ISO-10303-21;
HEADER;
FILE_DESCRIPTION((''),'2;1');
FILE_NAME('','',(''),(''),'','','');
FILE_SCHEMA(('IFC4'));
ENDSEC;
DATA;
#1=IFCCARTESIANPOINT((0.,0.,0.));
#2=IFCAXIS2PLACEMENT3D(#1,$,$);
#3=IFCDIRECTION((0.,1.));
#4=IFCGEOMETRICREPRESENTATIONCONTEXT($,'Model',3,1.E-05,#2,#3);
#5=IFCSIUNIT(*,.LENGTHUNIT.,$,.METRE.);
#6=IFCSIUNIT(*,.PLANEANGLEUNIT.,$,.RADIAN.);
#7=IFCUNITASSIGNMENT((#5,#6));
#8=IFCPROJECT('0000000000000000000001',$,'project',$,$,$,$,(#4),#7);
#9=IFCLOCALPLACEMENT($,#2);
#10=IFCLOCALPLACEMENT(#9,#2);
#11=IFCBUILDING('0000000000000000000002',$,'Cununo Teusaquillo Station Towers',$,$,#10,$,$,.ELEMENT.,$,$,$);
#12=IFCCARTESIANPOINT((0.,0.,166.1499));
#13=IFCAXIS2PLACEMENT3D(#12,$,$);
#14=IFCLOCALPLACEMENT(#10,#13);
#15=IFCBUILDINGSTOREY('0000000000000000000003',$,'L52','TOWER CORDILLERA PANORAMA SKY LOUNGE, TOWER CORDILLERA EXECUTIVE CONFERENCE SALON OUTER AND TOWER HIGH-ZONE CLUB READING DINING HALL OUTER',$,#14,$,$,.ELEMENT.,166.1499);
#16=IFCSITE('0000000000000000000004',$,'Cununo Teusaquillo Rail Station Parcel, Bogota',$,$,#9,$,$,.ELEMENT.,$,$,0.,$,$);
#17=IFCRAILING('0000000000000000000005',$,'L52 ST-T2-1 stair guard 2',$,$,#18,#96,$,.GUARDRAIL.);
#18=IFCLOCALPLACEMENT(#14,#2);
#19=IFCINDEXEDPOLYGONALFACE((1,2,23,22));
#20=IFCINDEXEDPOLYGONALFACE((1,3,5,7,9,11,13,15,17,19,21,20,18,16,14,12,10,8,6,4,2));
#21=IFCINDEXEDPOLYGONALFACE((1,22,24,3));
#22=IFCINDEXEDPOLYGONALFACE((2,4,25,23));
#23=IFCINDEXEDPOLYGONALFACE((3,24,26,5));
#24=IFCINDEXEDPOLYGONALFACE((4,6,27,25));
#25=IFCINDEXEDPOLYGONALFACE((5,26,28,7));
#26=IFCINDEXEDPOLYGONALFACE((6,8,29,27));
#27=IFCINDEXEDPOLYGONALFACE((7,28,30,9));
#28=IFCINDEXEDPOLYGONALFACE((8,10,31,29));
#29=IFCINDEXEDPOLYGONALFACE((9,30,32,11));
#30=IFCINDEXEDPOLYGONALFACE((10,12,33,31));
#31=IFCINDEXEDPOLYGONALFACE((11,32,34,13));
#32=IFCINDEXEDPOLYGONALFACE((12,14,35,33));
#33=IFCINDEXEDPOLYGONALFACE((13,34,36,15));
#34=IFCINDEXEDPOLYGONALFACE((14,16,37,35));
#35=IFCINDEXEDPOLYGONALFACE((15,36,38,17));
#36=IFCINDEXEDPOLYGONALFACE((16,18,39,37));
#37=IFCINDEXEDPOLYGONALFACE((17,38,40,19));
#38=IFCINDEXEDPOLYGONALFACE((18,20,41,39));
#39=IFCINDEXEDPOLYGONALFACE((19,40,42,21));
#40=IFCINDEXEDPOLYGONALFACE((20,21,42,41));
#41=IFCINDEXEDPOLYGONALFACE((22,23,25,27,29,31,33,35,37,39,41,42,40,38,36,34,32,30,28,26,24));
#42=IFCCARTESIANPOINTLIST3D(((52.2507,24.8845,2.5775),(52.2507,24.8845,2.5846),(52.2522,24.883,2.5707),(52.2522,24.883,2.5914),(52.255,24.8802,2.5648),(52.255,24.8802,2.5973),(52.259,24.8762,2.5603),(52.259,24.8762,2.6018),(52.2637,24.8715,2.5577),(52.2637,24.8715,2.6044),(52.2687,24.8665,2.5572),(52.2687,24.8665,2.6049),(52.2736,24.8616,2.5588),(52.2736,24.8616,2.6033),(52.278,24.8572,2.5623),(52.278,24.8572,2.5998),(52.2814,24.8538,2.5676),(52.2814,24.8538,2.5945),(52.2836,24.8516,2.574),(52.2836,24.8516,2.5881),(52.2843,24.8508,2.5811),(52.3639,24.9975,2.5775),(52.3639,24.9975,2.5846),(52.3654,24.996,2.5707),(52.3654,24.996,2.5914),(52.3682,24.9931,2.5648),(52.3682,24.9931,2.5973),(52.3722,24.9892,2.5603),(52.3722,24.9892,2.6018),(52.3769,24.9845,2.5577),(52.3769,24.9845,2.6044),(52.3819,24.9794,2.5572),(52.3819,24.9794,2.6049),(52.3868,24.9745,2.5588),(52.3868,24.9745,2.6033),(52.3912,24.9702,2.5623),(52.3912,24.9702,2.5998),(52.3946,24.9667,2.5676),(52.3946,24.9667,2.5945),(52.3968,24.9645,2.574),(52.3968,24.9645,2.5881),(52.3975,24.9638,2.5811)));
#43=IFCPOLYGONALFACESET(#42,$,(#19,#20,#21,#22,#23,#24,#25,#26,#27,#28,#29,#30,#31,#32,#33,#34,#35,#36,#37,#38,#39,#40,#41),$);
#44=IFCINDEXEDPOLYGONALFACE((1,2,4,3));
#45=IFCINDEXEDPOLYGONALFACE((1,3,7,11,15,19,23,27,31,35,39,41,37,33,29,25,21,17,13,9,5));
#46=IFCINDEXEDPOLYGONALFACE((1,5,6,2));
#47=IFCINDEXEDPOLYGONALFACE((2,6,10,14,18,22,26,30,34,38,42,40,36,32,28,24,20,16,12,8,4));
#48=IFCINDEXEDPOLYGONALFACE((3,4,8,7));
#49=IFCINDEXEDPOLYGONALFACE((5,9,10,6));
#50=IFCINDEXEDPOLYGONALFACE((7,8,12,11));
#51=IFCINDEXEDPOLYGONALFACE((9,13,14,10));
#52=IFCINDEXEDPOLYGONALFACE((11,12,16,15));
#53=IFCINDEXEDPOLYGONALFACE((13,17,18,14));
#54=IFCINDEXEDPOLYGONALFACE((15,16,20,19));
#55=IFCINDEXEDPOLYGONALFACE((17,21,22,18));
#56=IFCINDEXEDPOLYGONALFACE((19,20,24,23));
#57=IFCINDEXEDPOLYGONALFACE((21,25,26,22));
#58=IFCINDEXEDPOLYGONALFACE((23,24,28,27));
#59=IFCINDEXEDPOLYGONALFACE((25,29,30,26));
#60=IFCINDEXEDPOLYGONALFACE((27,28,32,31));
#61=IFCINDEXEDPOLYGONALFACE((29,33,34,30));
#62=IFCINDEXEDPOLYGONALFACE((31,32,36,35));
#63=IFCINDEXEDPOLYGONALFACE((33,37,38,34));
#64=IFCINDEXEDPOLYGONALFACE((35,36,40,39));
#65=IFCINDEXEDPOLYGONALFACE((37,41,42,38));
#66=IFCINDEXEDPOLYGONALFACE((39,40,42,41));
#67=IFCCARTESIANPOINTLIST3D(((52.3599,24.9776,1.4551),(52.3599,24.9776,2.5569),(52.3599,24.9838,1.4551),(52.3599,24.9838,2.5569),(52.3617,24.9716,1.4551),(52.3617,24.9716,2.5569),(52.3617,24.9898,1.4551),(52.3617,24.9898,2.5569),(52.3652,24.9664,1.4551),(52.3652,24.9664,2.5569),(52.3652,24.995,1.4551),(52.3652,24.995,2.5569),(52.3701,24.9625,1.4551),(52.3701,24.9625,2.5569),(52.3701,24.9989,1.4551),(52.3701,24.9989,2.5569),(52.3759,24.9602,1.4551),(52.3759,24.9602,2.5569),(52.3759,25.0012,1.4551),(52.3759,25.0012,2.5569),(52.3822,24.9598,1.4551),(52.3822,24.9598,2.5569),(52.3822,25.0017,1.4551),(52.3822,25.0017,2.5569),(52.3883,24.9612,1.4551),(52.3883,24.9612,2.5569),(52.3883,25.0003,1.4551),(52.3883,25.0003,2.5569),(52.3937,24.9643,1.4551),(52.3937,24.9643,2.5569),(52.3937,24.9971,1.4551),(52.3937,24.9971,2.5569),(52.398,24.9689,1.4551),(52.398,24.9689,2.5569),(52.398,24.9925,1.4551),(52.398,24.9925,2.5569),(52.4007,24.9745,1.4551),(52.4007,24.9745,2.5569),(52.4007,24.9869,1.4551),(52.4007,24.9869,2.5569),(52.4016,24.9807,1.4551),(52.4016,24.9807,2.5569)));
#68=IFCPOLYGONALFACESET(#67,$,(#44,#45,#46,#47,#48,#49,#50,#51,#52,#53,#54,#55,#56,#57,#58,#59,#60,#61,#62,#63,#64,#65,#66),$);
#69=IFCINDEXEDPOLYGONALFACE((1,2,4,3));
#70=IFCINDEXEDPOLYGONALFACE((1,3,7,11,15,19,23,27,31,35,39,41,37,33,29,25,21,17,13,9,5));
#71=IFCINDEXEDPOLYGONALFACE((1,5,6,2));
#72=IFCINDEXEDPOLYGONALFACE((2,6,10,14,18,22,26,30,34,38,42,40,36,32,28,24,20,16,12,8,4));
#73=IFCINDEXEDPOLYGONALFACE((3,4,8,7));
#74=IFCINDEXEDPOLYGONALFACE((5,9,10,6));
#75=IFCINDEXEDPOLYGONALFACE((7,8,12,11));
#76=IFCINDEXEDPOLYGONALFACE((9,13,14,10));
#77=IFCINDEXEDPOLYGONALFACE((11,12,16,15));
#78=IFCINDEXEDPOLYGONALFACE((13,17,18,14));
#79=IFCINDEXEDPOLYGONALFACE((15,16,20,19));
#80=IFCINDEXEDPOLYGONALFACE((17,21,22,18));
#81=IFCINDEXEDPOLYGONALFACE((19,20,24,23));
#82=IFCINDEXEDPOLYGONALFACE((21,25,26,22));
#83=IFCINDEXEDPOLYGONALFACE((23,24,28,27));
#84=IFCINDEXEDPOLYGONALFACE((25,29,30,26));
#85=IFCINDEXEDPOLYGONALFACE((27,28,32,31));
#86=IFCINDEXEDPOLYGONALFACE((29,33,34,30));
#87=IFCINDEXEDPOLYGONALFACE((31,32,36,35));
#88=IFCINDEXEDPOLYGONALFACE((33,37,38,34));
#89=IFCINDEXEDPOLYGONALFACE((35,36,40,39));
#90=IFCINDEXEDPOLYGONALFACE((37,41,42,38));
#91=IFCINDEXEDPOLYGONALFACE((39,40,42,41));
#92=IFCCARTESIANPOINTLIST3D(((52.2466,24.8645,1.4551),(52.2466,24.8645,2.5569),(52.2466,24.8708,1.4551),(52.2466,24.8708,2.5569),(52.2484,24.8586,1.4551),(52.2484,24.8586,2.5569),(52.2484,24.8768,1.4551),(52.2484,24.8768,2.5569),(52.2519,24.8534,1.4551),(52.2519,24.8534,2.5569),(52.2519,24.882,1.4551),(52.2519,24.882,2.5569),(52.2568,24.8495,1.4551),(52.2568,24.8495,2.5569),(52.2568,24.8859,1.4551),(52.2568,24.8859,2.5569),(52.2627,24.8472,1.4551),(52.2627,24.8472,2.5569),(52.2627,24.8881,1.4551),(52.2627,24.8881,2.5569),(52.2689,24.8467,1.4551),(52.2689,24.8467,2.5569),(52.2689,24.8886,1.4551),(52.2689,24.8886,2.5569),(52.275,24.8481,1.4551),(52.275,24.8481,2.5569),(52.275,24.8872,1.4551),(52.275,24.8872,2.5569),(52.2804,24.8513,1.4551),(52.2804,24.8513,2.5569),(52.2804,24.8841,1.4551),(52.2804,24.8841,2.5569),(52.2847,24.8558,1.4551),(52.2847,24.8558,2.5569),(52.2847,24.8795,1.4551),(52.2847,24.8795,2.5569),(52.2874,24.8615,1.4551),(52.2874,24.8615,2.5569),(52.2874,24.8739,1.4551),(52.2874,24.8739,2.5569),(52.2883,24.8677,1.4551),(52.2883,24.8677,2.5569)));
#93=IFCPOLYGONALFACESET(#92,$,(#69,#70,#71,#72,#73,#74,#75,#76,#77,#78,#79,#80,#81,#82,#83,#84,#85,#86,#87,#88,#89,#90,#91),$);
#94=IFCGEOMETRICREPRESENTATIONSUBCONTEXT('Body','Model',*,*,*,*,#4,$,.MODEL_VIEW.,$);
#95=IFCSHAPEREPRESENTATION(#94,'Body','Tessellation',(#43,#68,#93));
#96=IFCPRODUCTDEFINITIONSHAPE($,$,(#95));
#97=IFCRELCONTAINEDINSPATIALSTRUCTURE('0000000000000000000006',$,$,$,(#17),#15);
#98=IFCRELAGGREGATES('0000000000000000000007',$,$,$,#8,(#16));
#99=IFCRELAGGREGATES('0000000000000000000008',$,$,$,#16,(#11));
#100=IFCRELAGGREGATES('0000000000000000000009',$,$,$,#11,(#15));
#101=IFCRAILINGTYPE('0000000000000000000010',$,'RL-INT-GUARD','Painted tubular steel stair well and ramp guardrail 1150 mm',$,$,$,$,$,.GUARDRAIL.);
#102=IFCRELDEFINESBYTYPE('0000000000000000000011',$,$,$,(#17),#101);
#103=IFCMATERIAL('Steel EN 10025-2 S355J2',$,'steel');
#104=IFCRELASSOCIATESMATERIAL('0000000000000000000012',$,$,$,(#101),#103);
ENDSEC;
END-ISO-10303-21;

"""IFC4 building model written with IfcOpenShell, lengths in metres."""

from ifc_helpers import new_model, si_unit, direction, frame, origin, origin_2d, place, context, subcontext, project, spatial, circle, extrude, material, type_object, element, save


model = new_model("IFC4")

# Units and contexts
model_context = context("Model", 3, precision=1e-05, world=origin(), true_north=direction((0.0, 1.0)))
body_context = subcontext(model_context, "Body", "Model", "MODEL_VIEW")
ifc_project = project(units=[si_unit("LENGTHUNIT", "METRE"), si_unit("PLANEANGLEUNIT", "RADIAN")], contexts=[model_context])

# Site, building, storey
site_placement = place(None, origin())
site = spatial("IfcSite", under=ifc_project, at=site_placement, Name="Cununo Teusaquillo Rail Station Parcel, Bogota", CompositionType="ELEMENT", RefElevation=0.0)
building_placement = place(site_placement, origin())
building = spatial("IfcBuilding", under=site, at=building_placement, Name="Cununo Teusaquillo Station Towers", CompositionType="ELEMENT")
storey_placement = place(building_placement, frame((0.0, 0.0, 166.1499)))
storey = spatial("IfcBuildingStorey", under=building, at=storey_placement, Name="L52", Description="TOWER CORDILLERA PANORAMA SKY LOUNGE, TOWER CORDILLERA EXECUTIVE CONFERENCE SALON OUTER AND TOWER HIGH-ZONE CLUB READING DINING HALL OUTER", CompositionType="ELEMENT", Elevation=166.1499)

# Railing
ifc_material_1 = material(Name="Steel EN 10025-2 S355J2", Category="steel")
railing_type_1 = type_object("IfcRailingType", Name="RL-INT-GUARD", Description="Painted tubular steel stair well and ramp guardrail 1150 mm", PredefinedType="GUARDRAIL", material=ifc_material_1)
railing_1_placement = place(storey_placement, frame((52.3806, 24.9807, 1.4551)))
element("IfcRailing", 1, at=railing_1_placement, inside=storey, type_object=railing_type_1, Name="L52 ST-T2-1 stair guard 2", PredefinedType="GUARDRAIL", context=body_context, shape_type="SweptSolid", body=[
    extrude(circle(Radius=0.0239, at=origin_2d()), frame((0.0, 0.0, 1.126), z_axis=(-0.707869, -0.706344, 0.0), x_axis=(0.706344, -0.707869, 0.0)), (0.0, 0.0, 1.0), 0.1599),
    extrude(circle(Radius=0.021, at=origin_2d()), origin(), (0.0, 0.0, 1.0), 1.1018),
    extrude(circle(Radius=0.021, at=origin_2d()), frame((-0.1133, -0.113, 0.0)), (0.0, 0.0, 1.0), 1.1018),
])

save(model, "model.ifc")
